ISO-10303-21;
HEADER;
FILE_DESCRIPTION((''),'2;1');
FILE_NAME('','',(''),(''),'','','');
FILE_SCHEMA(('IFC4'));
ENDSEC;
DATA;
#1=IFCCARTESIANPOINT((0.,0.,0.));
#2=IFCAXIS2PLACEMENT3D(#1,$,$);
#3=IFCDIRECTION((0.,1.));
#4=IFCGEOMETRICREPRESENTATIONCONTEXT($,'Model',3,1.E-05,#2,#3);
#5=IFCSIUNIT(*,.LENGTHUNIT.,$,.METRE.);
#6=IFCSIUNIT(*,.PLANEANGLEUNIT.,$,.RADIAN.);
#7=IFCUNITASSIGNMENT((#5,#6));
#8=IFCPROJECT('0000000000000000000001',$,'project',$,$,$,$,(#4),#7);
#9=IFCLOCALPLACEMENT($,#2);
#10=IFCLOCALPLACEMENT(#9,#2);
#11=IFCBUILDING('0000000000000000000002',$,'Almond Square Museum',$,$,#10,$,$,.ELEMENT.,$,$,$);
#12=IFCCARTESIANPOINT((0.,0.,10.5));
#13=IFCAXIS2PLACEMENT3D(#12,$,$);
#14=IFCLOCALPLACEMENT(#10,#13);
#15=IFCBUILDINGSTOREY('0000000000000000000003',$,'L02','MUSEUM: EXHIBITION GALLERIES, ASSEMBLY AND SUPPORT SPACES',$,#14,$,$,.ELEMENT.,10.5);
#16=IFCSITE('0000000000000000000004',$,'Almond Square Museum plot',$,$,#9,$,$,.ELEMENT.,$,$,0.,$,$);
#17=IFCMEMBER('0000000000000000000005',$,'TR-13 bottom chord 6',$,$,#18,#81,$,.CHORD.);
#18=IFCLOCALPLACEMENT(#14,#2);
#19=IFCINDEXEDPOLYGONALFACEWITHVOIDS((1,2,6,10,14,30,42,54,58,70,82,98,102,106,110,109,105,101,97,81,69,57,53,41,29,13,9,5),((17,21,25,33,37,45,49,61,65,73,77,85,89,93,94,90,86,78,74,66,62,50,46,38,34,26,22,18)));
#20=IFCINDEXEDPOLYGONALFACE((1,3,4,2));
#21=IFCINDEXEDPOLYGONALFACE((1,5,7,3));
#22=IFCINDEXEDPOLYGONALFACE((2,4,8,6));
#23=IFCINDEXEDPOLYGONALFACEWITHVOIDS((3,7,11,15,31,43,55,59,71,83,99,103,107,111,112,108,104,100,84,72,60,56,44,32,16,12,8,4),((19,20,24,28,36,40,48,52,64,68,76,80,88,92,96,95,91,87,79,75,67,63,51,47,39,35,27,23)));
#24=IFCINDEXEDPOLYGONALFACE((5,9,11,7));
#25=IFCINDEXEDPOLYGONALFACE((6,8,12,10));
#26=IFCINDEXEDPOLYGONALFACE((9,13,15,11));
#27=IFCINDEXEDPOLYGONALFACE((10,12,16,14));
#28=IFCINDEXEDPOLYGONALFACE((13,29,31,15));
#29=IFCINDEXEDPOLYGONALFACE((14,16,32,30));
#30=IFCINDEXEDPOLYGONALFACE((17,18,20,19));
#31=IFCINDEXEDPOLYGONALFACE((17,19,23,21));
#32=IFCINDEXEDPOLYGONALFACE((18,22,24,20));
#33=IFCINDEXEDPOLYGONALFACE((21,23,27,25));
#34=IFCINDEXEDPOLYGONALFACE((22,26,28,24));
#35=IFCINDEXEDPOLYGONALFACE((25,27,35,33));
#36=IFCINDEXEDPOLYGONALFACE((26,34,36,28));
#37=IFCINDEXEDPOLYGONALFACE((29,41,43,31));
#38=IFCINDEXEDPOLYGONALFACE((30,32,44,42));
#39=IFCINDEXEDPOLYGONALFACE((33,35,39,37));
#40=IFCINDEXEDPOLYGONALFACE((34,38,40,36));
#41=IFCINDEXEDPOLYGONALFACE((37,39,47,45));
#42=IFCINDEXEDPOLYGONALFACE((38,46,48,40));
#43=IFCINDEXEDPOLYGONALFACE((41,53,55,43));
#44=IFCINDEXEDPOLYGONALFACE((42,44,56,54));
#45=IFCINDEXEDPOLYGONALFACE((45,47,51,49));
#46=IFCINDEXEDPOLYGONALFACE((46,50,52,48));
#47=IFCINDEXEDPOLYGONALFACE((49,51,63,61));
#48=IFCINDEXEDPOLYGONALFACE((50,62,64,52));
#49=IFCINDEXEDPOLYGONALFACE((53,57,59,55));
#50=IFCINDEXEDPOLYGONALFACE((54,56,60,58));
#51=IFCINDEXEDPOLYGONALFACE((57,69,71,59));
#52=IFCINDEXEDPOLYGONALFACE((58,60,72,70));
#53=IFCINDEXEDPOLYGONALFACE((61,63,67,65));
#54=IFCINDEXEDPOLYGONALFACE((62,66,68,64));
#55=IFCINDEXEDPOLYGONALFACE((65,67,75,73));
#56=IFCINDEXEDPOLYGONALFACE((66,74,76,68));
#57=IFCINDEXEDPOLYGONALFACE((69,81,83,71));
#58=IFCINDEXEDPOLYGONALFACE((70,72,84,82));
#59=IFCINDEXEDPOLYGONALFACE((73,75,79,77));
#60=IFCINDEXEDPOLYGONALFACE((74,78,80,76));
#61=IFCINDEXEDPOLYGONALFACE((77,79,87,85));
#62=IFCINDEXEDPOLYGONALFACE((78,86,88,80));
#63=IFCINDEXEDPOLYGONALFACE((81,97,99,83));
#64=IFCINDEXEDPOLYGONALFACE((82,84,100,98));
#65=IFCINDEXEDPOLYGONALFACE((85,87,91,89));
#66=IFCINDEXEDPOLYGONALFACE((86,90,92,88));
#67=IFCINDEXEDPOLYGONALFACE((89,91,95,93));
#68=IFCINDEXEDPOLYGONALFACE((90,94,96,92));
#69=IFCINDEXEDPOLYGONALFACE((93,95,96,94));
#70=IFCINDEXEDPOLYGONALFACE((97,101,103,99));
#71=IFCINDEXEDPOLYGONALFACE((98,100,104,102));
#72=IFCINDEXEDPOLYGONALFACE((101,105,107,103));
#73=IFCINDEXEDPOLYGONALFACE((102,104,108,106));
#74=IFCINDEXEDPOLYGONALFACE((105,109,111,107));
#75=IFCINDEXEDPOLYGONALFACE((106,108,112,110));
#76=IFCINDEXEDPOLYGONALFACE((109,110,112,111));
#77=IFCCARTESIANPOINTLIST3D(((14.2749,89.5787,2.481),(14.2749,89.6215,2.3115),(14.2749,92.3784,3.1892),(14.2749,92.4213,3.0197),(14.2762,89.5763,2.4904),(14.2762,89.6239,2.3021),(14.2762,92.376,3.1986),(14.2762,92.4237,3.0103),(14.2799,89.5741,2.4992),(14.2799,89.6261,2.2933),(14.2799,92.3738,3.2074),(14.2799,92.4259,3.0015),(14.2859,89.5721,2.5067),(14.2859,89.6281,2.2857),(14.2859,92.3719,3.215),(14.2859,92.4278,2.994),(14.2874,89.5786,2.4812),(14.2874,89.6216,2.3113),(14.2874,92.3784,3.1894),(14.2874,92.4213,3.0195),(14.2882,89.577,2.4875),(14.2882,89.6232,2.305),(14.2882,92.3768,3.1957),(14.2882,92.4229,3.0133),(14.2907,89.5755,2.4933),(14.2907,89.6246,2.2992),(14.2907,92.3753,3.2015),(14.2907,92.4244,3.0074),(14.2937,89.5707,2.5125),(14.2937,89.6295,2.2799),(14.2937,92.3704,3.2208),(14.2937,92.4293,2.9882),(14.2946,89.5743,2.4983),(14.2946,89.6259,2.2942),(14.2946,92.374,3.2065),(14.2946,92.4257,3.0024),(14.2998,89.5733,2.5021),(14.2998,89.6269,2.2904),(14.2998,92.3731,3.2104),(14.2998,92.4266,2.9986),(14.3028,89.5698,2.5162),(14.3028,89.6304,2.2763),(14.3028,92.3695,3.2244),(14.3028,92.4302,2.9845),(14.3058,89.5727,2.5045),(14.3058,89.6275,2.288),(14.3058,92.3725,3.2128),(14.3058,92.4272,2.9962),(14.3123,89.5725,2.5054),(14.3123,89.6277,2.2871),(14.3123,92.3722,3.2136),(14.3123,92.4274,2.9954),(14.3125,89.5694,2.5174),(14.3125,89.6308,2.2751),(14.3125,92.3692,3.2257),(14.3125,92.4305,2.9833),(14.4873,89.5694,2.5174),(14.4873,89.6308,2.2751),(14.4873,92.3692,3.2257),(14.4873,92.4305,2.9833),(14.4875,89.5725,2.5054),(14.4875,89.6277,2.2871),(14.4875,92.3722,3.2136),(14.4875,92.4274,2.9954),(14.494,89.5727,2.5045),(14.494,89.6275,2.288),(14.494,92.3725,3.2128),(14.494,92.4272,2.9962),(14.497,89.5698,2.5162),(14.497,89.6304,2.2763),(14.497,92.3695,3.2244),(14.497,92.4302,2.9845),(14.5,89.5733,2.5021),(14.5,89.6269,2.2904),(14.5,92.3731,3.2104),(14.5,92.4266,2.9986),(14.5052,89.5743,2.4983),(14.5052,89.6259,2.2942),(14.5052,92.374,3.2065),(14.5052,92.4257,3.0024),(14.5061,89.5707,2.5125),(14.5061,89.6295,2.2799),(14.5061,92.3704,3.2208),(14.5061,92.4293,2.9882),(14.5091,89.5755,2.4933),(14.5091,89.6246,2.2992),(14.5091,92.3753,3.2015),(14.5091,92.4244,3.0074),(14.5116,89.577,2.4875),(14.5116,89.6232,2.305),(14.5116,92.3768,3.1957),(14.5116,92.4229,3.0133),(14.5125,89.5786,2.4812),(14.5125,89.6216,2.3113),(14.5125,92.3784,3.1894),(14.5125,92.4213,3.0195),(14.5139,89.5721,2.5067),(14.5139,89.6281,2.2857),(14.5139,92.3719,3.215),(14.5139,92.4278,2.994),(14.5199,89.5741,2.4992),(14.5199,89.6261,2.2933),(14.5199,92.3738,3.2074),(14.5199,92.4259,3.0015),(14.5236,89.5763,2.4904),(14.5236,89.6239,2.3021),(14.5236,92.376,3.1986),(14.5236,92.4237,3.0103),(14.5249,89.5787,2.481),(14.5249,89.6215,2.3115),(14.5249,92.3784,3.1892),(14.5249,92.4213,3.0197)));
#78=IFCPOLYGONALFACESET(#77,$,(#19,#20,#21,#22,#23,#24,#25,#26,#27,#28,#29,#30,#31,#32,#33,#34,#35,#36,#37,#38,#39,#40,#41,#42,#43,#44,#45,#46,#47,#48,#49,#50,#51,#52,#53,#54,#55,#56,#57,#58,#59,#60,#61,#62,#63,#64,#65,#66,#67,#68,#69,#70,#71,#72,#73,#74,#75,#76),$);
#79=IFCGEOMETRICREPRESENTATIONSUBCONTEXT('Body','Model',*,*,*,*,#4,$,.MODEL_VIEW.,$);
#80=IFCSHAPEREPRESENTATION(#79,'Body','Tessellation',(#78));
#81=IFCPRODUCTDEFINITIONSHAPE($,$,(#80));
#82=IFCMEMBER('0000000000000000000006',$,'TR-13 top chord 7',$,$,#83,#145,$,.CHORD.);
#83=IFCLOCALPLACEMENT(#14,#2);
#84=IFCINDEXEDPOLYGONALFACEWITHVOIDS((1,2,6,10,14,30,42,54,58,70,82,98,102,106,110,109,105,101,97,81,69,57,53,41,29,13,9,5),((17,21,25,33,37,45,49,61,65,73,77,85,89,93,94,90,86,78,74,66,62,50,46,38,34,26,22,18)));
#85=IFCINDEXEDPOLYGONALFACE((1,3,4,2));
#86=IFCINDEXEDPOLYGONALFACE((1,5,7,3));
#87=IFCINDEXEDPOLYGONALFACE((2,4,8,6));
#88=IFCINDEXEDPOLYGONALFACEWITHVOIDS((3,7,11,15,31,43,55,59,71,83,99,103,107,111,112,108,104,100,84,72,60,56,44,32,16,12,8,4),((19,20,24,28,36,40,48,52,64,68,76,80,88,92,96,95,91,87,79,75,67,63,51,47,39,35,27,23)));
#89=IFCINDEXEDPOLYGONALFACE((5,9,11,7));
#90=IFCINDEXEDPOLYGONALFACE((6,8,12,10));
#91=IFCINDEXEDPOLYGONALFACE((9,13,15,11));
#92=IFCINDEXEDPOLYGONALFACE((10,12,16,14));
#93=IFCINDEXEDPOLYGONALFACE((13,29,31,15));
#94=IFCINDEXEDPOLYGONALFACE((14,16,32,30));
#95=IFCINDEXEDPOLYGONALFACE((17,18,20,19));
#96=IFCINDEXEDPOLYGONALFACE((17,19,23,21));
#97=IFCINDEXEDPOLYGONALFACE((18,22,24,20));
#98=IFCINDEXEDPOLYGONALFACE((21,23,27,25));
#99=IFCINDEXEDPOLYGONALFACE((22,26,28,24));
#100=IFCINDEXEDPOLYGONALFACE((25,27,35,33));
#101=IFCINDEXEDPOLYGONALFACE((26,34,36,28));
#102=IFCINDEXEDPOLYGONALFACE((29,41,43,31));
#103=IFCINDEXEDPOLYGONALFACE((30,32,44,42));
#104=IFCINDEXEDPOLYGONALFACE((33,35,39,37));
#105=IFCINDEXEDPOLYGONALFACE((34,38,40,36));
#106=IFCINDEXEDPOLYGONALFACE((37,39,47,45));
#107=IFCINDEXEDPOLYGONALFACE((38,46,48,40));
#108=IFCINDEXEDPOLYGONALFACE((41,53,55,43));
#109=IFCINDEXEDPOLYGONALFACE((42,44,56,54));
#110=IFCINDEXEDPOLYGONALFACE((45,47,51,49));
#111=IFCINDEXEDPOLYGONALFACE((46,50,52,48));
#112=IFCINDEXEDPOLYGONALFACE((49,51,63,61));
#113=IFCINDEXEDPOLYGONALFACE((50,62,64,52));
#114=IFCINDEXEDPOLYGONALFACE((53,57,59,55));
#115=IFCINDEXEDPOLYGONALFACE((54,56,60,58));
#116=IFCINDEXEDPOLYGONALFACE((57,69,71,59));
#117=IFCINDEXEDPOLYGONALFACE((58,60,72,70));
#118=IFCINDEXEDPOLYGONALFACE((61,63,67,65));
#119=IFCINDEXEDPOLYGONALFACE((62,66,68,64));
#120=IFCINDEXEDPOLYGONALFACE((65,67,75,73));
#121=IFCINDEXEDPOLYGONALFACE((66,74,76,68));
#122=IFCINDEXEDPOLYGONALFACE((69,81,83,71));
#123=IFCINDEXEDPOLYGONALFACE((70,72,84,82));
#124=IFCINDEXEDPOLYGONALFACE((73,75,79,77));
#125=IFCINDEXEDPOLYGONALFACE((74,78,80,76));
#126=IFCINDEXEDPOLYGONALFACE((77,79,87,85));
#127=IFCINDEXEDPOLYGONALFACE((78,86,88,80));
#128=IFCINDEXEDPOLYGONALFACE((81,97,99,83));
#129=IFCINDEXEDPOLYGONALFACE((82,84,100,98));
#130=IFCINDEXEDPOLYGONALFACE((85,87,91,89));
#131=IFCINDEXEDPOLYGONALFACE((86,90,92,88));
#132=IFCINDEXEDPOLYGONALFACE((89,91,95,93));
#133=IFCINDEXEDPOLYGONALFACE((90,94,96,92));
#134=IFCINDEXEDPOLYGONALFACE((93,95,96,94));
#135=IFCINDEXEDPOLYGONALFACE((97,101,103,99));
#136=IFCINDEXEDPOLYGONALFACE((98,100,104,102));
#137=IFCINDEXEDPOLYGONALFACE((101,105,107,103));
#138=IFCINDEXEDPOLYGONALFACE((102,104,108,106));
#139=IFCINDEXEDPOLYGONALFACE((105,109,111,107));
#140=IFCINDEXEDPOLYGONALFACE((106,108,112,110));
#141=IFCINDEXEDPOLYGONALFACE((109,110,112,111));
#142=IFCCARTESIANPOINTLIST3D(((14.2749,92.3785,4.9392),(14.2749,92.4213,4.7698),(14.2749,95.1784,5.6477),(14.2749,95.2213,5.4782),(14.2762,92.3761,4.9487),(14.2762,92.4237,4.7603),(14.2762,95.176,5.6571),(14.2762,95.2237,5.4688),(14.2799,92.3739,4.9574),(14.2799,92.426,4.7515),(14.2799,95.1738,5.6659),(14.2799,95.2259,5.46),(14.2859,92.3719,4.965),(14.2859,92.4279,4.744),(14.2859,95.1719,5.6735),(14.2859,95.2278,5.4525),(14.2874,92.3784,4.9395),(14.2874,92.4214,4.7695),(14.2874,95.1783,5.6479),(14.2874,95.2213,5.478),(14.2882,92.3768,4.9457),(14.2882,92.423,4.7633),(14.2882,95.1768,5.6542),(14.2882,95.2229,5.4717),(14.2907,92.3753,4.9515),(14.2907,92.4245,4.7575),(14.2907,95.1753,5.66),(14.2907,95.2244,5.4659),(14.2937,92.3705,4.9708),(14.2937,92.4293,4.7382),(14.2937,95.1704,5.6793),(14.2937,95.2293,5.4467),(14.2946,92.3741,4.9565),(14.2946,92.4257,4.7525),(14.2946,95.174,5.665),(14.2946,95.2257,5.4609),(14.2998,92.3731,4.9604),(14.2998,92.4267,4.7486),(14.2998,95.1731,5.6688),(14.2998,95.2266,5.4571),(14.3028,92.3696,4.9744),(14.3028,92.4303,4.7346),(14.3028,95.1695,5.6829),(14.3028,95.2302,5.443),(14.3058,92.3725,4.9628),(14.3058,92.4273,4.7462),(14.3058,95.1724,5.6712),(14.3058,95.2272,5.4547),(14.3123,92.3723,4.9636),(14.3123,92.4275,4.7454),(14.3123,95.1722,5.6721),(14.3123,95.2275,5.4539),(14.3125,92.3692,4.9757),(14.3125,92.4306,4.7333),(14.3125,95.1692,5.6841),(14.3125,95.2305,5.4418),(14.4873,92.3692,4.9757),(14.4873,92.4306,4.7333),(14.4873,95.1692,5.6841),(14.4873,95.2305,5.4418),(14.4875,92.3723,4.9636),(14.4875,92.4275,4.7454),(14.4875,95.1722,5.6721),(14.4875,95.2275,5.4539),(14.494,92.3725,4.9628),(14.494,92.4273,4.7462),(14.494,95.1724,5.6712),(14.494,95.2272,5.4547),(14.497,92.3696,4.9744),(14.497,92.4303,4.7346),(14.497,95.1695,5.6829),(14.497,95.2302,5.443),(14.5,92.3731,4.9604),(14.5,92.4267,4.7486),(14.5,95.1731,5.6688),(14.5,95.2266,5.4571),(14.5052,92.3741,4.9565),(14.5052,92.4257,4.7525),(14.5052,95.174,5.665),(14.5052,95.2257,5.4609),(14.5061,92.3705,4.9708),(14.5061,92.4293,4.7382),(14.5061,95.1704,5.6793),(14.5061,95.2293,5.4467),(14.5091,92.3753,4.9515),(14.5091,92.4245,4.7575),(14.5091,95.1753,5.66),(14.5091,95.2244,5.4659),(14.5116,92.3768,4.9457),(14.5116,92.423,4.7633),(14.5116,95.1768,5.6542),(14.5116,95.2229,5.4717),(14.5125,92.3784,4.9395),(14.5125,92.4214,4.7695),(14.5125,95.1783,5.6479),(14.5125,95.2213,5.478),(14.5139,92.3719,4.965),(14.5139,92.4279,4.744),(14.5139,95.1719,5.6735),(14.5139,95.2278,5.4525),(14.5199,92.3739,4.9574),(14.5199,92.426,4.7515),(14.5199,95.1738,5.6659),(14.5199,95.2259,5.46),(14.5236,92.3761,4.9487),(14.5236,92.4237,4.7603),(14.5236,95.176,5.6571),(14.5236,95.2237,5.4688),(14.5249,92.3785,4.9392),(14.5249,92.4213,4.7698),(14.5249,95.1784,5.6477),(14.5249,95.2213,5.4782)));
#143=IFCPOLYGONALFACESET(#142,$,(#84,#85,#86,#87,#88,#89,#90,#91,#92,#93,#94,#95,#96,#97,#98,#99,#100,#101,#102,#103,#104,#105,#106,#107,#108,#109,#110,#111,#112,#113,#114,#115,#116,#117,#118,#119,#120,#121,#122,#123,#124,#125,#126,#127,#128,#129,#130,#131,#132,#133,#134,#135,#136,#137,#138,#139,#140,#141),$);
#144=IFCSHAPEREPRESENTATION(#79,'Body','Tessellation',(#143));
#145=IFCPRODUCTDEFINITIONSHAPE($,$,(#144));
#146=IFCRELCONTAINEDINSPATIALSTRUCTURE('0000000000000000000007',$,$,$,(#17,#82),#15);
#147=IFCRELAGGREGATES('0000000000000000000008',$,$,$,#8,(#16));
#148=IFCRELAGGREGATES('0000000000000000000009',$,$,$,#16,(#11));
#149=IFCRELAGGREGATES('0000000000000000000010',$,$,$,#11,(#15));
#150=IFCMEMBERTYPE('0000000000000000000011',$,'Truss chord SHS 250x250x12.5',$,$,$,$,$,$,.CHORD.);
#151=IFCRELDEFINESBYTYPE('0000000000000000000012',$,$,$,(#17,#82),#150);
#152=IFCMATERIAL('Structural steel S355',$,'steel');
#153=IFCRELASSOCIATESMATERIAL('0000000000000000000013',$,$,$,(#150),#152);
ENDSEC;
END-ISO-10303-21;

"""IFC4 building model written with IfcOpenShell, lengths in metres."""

from ifc_helpers import new_model, si_unit, direction, frame, origin, origin_2d, place, context, subcontext, project, spatial, hollow_rectangle, extrude, material, material_profile, profile_set, type_object, element, save


model = new_model("IFC4")

# Units and contexts
model_context = context("Model", 3, precision=1e-05, world=origin(), true_north=direction((0.0, 1.0)))
body_context = subcontext(model_context, "Body", "Model", "MODEL_VIEW")
ifc_project = project(units=[si_unit("LENGTHUNIT", "METRE"), si_unit("PLANEANGLEUNIT", "RADIAN")], contexts=[model_context])

# Site, building, storey
site_placement = place(None, origin())
site = spatial("IfcSite", under=ifc_project, at=site_placement, Name="Almond Square Museum plot", CompositionType="ELEMENT", RefElevation=0.0)
building_placement = place(site_placement, origin())
building = spatial("IfcBuilding", under=site, at=building_placement, Name="Almond Square Museum", CompositionType="ELEMENT")
storey_placement = place(building_placement, frame((0.0, 0.0, 10.5)))
storey = spatial("IfcBuildingStorey", under=building, at=storey_placement, Name="L02", Description="MUSEUM: EXHIBITION GALLERIES, ASSEMBLY AND SUPPORT SPACES", CompositionType="ELEMENT", Elevation=10.5)

# Members
ifc_material_1 = material(Name="Structural steel S355", Category="steel")
ifc_material_profile_1 = material_profile(ifc_material_1, hollow_rectangle(XDim=0.25, YDim=0.25, WallThickness=0.0125, InnerFilletRadius=0.0249, OuterFilletRadius=0.0376, at=origin_2d()))
ifc_profile_set_1 = profile_set([ifc_material_profile_1], Name="Structural steel S355")
member_type_1 = type_object("IfcMemberType", Name="Truss chord SHS 250x250x12.5", PredefinedType="CHORD", material=ifc_profile_set_1)
for number, where, z_axis, x_axis, name in (
    (1, (14.3999, 89.6001, 2.3962), (0.0, 0.969462, 0.24524), (-1.0, 0.0, 0.0), "TR-13 bottom chord 6"),
):
    element("IfcMember", number, at=place(storey_placement, frame(where, z_axis=z_axis, x_axis=x_axis)), inside=storey, type_object=member_type_1, Name=name, PredefinedType="CHORD", context=body_context, shape_type="SweptSolid", body=[
        extrude(hollow_rectangle(XDim=0.25, YDim=0.25, WallThickness=0.0125, InnerFilletRadius=0.0249, OuterFilletRadius=0.0376, at=origin_2d()), origin(), (0.0, 0.0, 1.0), 2.8879),
    ])
for number, where, z_axis, x_axis, name in (
    (2, (14.3999, 92.3999, 4.8545), (0.0, 0.969447, 0.245299), (-1.0, 0.0, 0.0), "TR-13 top chord 7"),
):
    element("IfcMember", number, at=place(storey_placement, frame(where, z_axis=z_axis, x_axis=x_axis)), inside=storey, type_object=member_type_1, Name=name, PredefinedType="CHORD", context=body_context, shape_type="SweptSolid", body=[
        extrude(hollow_rectangle(XDim=0.25, YDim=0.25, WallThickness=0.0125, InnerFilletRadius=0.0249, OuterFilletRadius=0.0376, at=origin_2d()), origin(), (0.0, 0.0, 1.0), 2.8882),
    ])

save(model, "model.ifc")
